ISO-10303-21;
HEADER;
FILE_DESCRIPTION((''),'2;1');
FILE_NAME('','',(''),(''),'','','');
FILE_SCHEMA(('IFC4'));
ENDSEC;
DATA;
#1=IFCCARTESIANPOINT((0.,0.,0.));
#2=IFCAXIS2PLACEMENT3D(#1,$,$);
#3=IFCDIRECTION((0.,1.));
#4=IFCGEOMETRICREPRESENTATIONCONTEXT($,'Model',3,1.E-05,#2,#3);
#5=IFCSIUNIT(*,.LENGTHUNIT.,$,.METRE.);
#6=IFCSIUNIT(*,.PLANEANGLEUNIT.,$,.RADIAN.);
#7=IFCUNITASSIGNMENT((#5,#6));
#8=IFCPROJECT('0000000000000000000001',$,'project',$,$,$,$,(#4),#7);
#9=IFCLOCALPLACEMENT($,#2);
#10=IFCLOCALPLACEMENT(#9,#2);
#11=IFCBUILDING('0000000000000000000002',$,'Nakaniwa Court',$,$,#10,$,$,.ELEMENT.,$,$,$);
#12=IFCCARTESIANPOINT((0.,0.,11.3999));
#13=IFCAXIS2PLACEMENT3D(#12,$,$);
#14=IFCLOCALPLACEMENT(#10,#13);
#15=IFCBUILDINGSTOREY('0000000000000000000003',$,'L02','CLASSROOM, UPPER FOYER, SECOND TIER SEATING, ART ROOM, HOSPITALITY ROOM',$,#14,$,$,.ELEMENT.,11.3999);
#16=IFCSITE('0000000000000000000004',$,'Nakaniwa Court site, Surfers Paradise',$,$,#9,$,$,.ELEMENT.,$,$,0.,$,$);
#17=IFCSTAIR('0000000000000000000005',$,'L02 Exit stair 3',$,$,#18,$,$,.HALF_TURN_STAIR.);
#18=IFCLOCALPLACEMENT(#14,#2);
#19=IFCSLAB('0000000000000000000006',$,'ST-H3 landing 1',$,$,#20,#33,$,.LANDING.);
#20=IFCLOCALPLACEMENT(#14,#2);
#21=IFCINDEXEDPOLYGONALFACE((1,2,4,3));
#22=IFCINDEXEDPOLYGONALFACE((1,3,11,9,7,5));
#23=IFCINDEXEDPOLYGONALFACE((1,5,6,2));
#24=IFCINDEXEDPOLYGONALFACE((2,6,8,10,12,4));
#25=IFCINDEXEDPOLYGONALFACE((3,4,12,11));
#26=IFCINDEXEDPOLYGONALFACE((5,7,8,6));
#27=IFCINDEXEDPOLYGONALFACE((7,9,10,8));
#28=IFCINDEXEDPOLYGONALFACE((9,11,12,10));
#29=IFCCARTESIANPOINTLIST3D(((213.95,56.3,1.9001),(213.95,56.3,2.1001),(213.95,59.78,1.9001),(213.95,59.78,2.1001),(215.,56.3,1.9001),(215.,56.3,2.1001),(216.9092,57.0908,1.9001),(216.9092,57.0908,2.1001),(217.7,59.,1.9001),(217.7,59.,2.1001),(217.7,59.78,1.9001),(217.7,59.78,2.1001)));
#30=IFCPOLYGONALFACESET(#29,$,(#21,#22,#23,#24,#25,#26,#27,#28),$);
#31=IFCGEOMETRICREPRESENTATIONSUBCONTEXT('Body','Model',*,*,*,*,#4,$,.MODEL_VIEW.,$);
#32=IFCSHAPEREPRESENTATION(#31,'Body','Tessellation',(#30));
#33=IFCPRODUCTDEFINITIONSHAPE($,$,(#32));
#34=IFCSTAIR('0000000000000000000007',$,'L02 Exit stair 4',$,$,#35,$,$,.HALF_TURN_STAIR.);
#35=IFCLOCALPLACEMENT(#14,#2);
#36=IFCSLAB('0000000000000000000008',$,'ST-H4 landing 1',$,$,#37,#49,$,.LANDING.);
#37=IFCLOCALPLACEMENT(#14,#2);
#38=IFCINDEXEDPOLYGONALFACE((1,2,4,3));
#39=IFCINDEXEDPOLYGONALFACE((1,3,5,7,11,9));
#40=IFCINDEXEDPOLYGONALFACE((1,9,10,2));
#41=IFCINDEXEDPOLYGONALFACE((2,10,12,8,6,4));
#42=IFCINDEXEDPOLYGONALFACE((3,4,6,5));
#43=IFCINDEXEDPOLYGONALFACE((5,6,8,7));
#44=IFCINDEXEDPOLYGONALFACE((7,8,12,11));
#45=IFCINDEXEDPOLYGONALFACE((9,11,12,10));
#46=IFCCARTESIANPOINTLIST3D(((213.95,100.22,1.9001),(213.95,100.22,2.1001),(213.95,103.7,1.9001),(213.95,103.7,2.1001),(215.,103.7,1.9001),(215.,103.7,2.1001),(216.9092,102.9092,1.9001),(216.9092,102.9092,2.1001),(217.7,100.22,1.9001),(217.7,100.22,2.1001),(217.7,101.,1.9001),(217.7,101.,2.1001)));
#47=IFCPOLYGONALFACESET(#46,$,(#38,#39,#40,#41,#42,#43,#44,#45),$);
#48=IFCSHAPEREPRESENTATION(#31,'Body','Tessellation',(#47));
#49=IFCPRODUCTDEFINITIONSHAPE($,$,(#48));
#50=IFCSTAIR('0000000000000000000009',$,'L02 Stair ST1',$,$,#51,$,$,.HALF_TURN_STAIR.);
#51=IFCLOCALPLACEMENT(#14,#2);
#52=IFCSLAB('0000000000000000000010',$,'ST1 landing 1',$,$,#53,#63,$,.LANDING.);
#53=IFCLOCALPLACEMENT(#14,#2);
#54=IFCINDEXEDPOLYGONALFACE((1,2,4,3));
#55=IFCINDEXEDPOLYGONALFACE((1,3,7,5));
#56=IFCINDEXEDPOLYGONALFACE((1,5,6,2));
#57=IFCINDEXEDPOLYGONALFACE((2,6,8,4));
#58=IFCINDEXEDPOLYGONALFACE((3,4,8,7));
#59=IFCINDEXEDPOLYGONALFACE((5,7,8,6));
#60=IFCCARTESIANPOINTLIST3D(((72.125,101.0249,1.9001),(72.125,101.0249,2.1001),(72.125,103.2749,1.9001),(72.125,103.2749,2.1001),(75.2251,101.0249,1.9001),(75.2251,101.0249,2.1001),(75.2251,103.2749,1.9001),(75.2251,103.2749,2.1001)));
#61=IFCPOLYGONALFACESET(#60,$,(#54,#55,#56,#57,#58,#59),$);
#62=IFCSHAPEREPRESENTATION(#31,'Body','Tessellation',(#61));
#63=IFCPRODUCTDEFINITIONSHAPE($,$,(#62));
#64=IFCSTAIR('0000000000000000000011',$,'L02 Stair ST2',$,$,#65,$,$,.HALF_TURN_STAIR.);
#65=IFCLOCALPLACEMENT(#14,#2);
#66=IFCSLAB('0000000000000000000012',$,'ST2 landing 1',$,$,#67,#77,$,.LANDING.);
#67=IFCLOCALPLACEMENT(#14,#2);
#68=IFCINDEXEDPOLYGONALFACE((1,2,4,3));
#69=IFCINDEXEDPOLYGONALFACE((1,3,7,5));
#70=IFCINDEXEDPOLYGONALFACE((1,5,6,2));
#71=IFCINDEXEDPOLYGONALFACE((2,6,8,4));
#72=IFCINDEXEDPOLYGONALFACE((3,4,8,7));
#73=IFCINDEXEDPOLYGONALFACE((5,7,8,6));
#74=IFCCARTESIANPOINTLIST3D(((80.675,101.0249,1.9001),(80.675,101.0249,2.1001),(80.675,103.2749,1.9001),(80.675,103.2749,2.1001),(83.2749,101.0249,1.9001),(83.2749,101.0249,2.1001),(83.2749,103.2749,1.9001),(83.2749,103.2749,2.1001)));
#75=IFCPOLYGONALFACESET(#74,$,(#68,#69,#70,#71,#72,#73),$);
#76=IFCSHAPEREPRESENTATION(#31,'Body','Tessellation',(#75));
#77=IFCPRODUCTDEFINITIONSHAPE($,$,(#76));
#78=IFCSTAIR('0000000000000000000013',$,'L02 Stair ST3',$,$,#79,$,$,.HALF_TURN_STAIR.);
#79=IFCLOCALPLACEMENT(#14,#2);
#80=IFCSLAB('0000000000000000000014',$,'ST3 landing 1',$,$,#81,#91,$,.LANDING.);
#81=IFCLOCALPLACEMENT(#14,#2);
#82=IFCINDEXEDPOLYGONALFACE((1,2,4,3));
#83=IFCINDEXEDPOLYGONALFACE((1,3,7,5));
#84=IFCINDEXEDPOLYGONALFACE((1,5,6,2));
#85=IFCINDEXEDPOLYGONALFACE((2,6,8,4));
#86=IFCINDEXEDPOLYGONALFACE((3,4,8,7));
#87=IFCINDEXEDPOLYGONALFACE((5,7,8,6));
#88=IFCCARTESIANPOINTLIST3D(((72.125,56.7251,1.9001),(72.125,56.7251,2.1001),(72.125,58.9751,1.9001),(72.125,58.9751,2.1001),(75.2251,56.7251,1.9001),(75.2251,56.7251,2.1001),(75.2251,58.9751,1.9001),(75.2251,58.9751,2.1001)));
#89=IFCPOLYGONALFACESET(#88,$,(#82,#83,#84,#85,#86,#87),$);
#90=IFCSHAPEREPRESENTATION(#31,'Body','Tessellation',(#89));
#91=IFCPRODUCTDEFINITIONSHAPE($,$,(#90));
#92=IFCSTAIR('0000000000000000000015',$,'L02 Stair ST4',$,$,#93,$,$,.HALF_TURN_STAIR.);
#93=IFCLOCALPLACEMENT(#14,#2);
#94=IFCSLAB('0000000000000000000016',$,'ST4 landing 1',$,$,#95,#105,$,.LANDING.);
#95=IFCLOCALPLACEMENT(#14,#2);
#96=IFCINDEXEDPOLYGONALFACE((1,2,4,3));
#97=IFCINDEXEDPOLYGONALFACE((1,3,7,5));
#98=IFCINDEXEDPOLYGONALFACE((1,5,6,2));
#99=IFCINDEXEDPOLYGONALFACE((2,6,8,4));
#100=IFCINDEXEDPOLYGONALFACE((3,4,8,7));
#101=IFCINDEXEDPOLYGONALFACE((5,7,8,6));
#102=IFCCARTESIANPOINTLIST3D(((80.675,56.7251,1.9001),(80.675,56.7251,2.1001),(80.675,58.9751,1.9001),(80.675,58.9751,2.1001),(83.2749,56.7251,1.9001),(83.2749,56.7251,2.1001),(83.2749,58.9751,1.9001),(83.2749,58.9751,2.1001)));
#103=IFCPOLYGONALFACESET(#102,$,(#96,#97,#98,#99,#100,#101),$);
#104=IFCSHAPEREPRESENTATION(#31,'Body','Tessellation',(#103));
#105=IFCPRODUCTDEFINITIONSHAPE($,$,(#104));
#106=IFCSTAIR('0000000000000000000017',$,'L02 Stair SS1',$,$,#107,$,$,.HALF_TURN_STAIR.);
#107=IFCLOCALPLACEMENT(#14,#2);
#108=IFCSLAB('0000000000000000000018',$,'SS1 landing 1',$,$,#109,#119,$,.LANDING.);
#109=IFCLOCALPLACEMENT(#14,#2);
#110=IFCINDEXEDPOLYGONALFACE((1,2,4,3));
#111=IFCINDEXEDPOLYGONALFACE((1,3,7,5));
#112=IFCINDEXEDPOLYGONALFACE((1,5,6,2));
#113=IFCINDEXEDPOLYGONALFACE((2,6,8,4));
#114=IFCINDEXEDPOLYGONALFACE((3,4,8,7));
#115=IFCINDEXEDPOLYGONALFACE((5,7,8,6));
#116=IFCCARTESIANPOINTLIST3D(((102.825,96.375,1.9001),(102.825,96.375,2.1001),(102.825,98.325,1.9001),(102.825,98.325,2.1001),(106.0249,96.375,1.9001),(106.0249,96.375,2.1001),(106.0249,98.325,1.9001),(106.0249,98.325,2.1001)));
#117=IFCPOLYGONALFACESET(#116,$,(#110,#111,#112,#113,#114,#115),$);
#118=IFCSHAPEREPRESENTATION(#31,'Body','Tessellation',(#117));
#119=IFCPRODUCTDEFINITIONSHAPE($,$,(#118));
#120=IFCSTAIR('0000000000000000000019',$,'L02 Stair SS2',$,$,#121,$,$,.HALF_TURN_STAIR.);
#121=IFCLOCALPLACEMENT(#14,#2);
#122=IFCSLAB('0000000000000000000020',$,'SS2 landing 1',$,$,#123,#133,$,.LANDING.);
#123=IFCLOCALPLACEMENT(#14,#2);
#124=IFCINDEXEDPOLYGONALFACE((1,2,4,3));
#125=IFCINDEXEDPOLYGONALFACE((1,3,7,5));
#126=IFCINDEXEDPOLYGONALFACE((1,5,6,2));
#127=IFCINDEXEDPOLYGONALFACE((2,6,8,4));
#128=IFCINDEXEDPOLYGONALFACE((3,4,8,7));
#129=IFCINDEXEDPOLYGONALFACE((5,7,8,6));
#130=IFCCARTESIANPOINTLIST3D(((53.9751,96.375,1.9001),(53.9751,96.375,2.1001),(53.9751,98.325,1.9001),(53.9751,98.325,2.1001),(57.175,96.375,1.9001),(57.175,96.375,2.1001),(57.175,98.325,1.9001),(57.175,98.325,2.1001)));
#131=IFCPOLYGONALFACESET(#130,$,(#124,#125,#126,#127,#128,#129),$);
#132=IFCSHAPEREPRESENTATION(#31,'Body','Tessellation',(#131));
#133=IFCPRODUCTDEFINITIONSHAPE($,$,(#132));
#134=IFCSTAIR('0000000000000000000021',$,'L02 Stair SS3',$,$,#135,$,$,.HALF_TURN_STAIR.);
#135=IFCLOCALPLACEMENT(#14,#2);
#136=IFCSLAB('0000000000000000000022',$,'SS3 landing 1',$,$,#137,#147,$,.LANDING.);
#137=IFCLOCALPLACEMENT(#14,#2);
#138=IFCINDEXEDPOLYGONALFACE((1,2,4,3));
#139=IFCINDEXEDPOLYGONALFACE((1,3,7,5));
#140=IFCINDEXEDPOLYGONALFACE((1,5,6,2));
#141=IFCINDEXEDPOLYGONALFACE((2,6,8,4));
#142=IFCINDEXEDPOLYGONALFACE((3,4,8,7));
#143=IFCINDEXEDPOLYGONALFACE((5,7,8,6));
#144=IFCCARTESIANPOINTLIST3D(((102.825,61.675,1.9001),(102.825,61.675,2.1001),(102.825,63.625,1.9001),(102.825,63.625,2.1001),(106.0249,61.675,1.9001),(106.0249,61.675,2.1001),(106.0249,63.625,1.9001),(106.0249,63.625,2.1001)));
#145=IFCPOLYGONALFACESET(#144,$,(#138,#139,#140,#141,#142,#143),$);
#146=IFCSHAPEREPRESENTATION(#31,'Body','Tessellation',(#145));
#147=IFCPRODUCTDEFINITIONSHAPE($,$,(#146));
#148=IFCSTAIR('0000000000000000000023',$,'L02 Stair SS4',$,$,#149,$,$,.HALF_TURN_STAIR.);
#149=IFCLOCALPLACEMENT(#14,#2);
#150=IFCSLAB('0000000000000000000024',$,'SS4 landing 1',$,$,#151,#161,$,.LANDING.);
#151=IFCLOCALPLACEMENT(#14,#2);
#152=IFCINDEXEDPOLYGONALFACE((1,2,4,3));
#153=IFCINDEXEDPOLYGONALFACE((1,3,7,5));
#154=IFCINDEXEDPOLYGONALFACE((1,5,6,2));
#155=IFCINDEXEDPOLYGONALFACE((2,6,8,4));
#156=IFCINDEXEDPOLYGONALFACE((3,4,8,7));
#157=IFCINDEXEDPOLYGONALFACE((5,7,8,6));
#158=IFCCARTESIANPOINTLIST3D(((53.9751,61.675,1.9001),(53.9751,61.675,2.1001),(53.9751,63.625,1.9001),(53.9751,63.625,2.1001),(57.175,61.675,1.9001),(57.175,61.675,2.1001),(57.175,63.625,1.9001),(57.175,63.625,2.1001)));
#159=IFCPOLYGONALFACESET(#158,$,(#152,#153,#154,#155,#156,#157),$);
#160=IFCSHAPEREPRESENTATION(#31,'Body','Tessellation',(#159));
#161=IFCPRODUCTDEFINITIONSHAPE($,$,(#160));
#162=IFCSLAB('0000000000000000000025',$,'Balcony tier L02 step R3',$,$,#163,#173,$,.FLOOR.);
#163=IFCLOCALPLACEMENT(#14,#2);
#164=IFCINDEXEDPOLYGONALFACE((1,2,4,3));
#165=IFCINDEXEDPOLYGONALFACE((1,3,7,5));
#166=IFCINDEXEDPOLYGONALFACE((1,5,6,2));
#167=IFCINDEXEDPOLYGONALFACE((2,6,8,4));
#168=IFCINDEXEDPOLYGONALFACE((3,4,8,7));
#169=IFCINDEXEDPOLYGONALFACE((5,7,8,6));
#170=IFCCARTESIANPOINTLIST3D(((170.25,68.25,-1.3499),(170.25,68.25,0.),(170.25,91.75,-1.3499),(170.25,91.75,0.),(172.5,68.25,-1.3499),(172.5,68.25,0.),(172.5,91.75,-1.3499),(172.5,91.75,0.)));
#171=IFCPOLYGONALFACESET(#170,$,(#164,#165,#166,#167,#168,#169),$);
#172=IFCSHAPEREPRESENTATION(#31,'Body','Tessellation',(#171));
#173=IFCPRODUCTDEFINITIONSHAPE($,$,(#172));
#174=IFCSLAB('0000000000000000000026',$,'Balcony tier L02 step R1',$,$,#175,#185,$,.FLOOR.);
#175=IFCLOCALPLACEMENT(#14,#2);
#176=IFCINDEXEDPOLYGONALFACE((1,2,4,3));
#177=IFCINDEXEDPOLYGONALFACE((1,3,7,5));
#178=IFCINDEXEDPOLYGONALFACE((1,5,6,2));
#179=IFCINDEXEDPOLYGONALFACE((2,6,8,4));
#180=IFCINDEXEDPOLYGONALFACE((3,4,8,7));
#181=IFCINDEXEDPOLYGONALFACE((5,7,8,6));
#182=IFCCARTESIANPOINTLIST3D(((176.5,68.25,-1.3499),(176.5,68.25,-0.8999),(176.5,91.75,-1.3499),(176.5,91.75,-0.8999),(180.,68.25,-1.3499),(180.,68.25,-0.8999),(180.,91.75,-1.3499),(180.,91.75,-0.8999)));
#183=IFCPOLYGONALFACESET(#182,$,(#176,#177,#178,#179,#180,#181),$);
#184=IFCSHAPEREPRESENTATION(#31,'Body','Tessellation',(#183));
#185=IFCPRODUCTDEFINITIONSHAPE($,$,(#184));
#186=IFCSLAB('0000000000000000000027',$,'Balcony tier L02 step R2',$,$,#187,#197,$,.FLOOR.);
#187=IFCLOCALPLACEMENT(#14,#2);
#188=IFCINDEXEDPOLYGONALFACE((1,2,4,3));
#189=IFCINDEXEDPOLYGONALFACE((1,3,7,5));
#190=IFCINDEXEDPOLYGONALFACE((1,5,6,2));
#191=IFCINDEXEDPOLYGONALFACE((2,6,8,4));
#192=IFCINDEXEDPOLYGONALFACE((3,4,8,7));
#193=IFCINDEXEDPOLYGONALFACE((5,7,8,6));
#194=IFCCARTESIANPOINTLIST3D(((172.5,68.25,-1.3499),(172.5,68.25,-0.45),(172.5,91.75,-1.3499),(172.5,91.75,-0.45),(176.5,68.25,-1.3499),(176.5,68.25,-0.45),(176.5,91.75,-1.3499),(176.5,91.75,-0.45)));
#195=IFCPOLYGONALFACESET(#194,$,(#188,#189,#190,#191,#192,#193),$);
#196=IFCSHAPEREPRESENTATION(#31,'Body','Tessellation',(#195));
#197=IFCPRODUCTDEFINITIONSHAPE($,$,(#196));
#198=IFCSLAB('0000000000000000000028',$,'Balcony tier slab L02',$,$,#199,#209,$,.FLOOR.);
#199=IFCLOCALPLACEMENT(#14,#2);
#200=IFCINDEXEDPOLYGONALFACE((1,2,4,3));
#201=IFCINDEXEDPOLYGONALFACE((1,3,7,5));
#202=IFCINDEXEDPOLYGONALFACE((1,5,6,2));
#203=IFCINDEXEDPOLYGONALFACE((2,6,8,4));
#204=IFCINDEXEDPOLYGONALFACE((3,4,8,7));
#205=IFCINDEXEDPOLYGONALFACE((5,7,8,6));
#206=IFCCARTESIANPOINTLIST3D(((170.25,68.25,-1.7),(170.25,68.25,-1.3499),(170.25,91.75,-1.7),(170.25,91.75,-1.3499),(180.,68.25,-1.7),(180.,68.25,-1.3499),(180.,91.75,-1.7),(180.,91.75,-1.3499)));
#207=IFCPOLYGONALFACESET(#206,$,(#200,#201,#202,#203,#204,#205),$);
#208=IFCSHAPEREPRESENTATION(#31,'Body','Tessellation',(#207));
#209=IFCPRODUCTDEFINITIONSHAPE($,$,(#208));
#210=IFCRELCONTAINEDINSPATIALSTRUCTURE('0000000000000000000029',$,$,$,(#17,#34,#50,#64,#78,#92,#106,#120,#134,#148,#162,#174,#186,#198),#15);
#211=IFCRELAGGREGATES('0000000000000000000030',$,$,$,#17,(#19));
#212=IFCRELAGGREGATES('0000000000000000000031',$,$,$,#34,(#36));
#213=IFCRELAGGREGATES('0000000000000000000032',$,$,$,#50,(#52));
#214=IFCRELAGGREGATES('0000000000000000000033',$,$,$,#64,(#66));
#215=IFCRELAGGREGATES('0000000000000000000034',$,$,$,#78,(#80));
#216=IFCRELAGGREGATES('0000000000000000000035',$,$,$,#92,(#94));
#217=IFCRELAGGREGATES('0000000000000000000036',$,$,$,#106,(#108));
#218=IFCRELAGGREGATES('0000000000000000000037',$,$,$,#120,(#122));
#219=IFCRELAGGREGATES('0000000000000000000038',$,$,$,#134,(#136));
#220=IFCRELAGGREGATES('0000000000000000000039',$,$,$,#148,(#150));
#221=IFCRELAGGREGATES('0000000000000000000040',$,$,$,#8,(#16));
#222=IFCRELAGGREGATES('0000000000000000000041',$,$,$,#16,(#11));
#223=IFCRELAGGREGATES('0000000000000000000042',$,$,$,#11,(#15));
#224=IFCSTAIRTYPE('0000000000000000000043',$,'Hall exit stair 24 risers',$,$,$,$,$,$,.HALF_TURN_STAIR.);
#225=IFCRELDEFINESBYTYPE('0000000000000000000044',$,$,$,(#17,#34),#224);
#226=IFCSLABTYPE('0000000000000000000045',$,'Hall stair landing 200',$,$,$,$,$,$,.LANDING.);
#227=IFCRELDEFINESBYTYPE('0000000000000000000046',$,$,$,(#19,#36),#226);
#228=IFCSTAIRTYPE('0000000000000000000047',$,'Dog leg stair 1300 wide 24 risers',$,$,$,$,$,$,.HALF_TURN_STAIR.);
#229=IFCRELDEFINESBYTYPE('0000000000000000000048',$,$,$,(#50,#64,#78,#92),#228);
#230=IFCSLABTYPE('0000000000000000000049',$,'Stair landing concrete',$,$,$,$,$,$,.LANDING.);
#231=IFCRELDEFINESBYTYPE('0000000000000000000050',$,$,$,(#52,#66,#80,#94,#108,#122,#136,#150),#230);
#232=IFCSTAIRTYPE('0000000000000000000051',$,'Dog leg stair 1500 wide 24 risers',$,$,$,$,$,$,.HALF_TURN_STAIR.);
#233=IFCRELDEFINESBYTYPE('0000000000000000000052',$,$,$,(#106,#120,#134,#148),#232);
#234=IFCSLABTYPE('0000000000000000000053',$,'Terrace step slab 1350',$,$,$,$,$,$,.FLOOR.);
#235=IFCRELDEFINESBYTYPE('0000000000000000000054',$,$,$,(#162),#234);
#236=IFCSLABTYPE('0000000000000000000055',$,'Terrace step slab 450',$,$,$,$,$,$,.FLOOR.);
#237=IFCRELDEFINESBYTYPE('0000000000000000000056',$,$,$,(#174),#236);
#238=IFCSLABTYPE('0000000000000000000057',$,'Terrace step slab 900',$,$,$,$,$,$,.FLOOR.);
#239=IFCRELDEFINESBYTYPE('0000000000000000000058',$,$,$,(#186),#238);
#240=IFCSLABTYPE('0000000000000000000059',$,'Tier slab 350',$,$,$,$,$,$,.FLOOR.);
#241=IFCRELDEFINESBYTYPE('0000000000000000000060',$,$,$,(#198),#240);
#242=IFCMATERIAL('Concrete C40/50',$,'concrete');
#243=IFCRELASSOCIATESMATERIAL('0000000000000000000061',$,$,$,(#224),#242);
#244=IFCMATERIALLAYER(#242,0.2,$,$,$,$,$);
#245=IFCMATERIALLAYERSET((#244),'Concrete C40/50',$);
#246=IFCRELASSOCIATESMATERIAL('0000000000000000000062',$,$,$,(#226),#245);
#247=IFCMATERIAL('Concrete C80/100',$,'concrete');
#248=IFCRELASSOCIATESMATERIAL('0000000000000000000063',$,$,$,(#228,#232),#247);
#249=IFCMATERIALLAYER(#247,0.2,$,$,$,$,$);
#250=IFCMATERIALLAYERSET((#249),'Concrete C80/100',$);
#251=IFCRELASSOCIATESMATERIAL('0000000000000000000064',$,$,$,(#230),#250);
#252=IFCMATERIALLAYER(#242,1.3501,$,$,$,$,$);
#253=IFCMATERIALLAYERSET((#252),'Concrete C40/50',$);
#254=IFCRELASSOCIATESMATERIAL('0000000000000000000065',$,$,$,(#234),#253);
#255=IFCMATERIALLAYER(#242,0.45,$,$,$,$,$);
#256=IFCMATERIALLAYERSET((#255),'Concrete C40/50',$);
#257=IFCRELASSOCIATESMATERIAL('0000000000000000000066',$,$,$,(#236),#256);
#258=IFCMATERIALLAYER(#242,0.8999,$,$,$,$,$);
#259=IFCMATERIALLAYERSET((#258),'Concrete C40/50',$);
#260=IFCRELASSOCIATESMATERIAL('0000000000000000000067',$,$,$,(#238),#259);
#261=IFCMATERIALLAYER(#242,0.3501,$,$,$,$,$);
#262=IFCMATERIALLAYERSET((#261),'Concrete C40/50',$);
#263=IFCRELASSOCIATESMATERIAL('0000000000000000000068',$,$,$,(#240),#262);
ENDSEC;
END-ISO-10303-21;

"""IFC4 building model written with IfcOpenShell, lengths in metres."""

from ifc_helpers import new_model, si_unit, direction, frame, origin, place, context, subcontext, project, spatial, polyline, outline, extrude, material, layer, layer_set, type_object, element, aggregate, save


model = new_model("IFC4")

# Units and contexts
model_context = context("Model", 3, precision=1e-05, world=origin(), true_north=direction((0.0, 1.0)))
body_context = subcontext(model_context, "Body", "Model", "MODEL_VIEW")
ifc_project = project(units=[si_unit("LENGTHUNIT", "METRE"), si_unit("PLANEANGLEUNIT", "RADIAN")], contexts=[model_context])

# Site, building, storey
site_placement = place(None, origin())
site = spatial("IfcSite", under=ifc_project, at=site_placement, Name="Nakaniwa Court site, Surfers Paradise", CompositionType="ELEMENT", RefElevation=0.0)
building_placement = place(site_placement, origin())
building = spatial("IfcBuilding", under=site, at=building_placement, Name="Nakaniwa Court", CompositionType="ELEMENT")
storey_placement = place(building_placement, frame((0.0, 0.0, 11.3999)))
storey = spatial("IfcBuildingStorey", under=building, at=storey_placement, Name="L02", Description="CLASSROOM, UPPER FOYER, SECOND TIER SEATING, ART ROOM, HOSPITALITY ROOM", CompositionType="ELEMENT", Elevation=11.3999)

# Shared definitions
ifc_material_1 = material(Name="Concrete C40/50", Category="concrete")

# Stairs, slabs
stair_type_1 = type_object("IfcStairType", Name="Hall exit stair 24 risers", PredefinedType="HALF_TURN_STAIR", material=ifc_material_1)
ifc_layer_1 = layer(ifc_material_1, 0.2)
ifc_layer_set_1 = layer_set([ifc_layer_1], Name="Concrete C40/50")
slab_type_1 = type_object("IfcSlabType", Name="Hall stair landing 200", PredefinedType="LANDING", material=ifc_layer_set_1)
stair_1_placement = place(storey_placement, origin())
stair_1 = element("IfcStair", 1, at=stair_1_placement, inside=storey, type_object=stair_type_1, Name="L02 Exit stair 3", PredefinedType="HALF_TURN_STAIR")
slab_1_placement = place(storey_placement, frame((0.0, 0.0, 1.9001)))
slab_1 = element("IfcSlab", 2, at=slab_1_placement, type_object=slab_type_1, Name="ST-H3 landing 1", PredefinedType="LANDING", context=body_context, shape_type="SweptSolid", body=[
    extrude(outline(polyline([(213.95, 56.3), (215.0, 56.3), (216.9092, 57.0908), (217.7, 59.0), (217.7, 59.78), (213.95, 59.78), (213.95, 56.3)])), origin(), (0.0, 0.0, 1.0), 0.2),
])
aggregate(stair_1, [slab_1])
stair_2_placement = place(storey_placement, origin())
stair_2 = element("IfcStair", 3, at=stair_2_placement, inside=storey, type_object=stair_type_1, Name="L02 Exit stair 4", PredefinedType="HALF_TURN_STAIR")
slab_2_placement = place(storey_placement, frame((0.0, 0.0, 1.9001)))
slab_2 = element("IfcSlab", 4, at=slab_2_placement, type_object=slab_type_1, Name="ST-H4 landing 1", PredefinedType="LANDING", context=body_context, shape_type="SweptSolid", body=[
    extrude(outline(polyline([(217.7, 101.0), (216.9092, 102.9092), (215.0, 103.7), (213.95, 103.7), (213.95, 100.22), (217.7, 100.22), (217.7, 101.0)])), origin(), (0.0, 0.0, 1.0), 0.2),
])
aggregate(stair_2, [slab_2])
ifc_material_2 = material(Name="Concrete C80/100", Category="concrete")
stair_type_2 = type_object("IfcStairType", Name="Dog leg stair 1300 wide 24 risers", PredefinedType="HALF_TURN_STAIR", material=ifc_material_2)
stair_3_placement = place(storey_placement, origin())
stair_3 = element("IfcStair", 5, at=stair_3_placement, inside=storey, type_object=stair_type_2, Name="L02 Stair ST1", PredefinedType="HALF_TURN_STAIR")
ifc_layer_2 = layer(ifc_material_2, 0.2)
ifc_layer_set_2 = layer_set([ifc_layer_2], Name="Concrete C80/100")
slab_type_2 = type_object("IfcSlabType", Name="Stair landing concrete", PredefinedType="LANDING", material=ifc_layer_set_2)
slab_3_placement = place(storey_placement, frame((0.0, 0.0, 1.9001)))
slab_3 = element("IfcSlab", 6, at=slab_3_placement, type_object=slab_type_2, Name="ST1 landing 1", PredefinedType="LANDING", context=body_context, shape_type="SweptSolid", body=[
    extrude(outline(polyline([(75.2251, 101.0249), (75.2251, 103.2749), (72.125, 103.2749), (72.125, 101.0249), (75.2251, 101.0249)])), origin(), (0.0, 0.0, 1.0), 0.2),
])
aggregate(stair_3, [slab_3])
stair_4_placement = place(storey_placement, origin())
stair_4 = element("IfcStair", 7, at=stair_4_placement, inside=storey, type_object=stair_type_2, Name="L02 Stair ST2", PredefinedType="HALF_TURN_STAIR")
slab_4_placement = place(storey_placement, frame((0.0, 0.0, 1.9001)))
slab_4 = element("IfcSlab", 8, at=slab_4_placement, type_object=slab_type_2, Name="ST2 landing 1", PredefinedType="LANDING", context=body_context, shape_type="SweptSolid", body=[
    extrude(outline(polyline([(83.2749, 101.0249), (83.2749, 103.2749), (80.675, 103.2749), (80.675, 101.0249), (83.2749, 101.0249)])), origin(), (0.0, 0.0, 1.0), 0.2),
])
aggregate(stair_4, [slab_4])
stair_5_placement = place(storey_placement, origin())
stair_5 = element("IfcStair", 9, at=stair_5_placement, inside=storey, type_object=stair_type_2, Name="L02 Stair ST3", PredefinedType="HALF_TURN_STAIR")
slab_5_placement = place(storey_placement, frame((0.0, 0.0, 1.9001)))
slab_5 = element("IfcSlab", 10, at=slab_5_placement, type_object=slab_type_2, Name="ST3 landing 1", PredefinedType="LANDING", context=body_context, shape_type="SweptSolid", body=[
    extrude(outline(polyline([(75.2251, 56.7251), (75.2251, 58.9751), (72.125, 58.9751), (72.125, 56.7251), (75.2251, 56.7251)])), origin(), (0.0, 0.0, 1.0), 0.2),
])
aggregate(stair_5, [slab_5])
stair_6_placement = place(storey_placement, origin())
stair_6 = element("IfcStair", 11, at=stair_6_placement, inside=storey, type_object=stair_type_2, Name="L02 Stair ST4", PredefinedType="HALF_TURN_STAIR")
slab_6_placement = place(storey_placement, frame((0.0, 0.0, 1.9001)))
slab_6 = element("IfcSlab", 12, at=slab_6_placement, type_object=slab_type_2, Name="ST4 landing 1", PredefinedType="LANDING", context=body_context, shape_type="SweptSolid", body=[
    extrude(outline(polyline([(83.2749, 56.7251), (83.2749, 58.9751), (80.675, 58.9751), (80.675, 56.7251), (83.2749, 56.7251)])), origin(), (0.0, 0.0, 1.0), 0.2),
])
aggregate(stair_6, [slab_6])
stair_type_3 = type_object("IfcStairType", Name="Dog leg stair 1500 wide 24 risers", PredefinedType="HALF_TURN_STAIR", material=ifc_material_2)
stair_7_placement = place(storey_placement, origin())
stair_7 = element("IfcStair", 13, at=stair_7_placement, inside=storey, type_object=stair_type_3, Name="L02 Stair SS1", PredefinedType="HALF_TURN_STAIR")
slab_7_placement = place(storey_placement, frame((0.0, 0.0, 1.9001)))
slab_7 = element("IfcSlab", 14, at=slab_7_placement, type_object=slab_type_2, Name="SS1 landing 1", PredefinedType="LANDING", context=body_context, shape_type="SweptSolid", body=[
    extrude(outline(polyline([(106.0249, 96.375), (106.0249, 98.325), (102.825, 98.325), (102.825, 96.375), (106.0249, 96.375)])), origin(), (0.0, 0.0, 1.0), 0.2),
])
aggregate(stair_7, [slab_7])
stair_8_placement = place(storey_placement, origin())
stair_8 = element("IfcStair", 15, at=stair_8_placement, inside=storey, type_object=stair_type_3, Name="L02 Stair SS2", PredefinedType="HALF_TURN_STAIR")
slab_8_placement = place(storey_placement, frame((0.0, 0.0, 1.9001)))
slab_8 = element("IfcSlab", 16, at=slab_8_placement, type_object=slab_type_2, Name="SS2 landing 1", PredefinedType="LANDING", context=body_context, shape_type="SweptSolid", body=[
    extrude(outline(polyline([(57.175, 96.375), (57.175, 98.325), (53.9751, 98.325), (53.9751, 96.375), (57.175, 96.375)])), origin(), (0.0, 0.0, 1.0), 0.2),
])
aggregate(stair_8, [slab_8])
stair_9_placement = place(storey_placement, origin())
stair_9 = element("IfcStair", 17, at=stair_9_placement, inside=storey, type_object=stair_type_3, Name="L02 Stair SS3", PredefinedType="HALF_TURN_STAIR")
slab_9_placement = place(storey_placement, frame((0.0, 0.0, 1.9001)))
slab_9 = element("IfcSlab", 18, at=slab_9_placement, type_object=slab_type_2, Name="SS3 landing 1", PredefinedType="LANDING", context=body_context, shape_type="SweptSolid", body=[
    extrude(outline(polyline([(106.0249, 61.675), (106.0249, 63.625), (102.825, 63.625), (102.825, 61.675), (106.0249, 61.675)])), origin(), (0.0, 0.0, 1.0), 0.2),
])
aggregate(stair_9, [slab_9])
stair_10_placement = place(storey_placement, origin())
stair_10 = element("IfcStair", 19, at=stair_10_placement, inside=storey, type_object=stair_type_3, Name="L02 Stair SS4", PredefinedType="HALF_TURN_STAIR")
slab_10_placement = place(storey_placement, frame((0.0, 0.0, 1.9001)))
slab_10 = element("IfcSlab", 20, at=slab_10_placement, type_object=slab_type_2, Name="SS4 landing 1", PredefinedType="LANDING", context=body_context, shape_type="SweptSolid", body=[
    extrude(outline(polyline([(57.175, 61.675), (57.175, 63.625), (53.9751, 63.625), (53.9751, 61.675), (57.175, 61.675)])), origin(), (0.0, 0.0, 1.0), 0.2),
])
aggregate(stair_10, [slab_10])

# Slabs
ifc_layer_3 = layer(ifc_material_1, 1.3501)
ifc_layer_set_3 = layer_set([ifc_layer_3], Name="Concrete C40/50")
slab_type_3 = type_object("IfcSlabType", Name="Terrace step slab 1350", PredefinedType="FLOOR", material=ifc_layer_set_3)
slab_11_placement = place(storey_placement, frame((0.0, 0.0, -1.3499)))
element("IfcSlab", 21, at=slab_11_placement, inside=storey, type_object=slab_type_3, Name="Balcony tier L02 step R3", PredefinedType="FLOOR", context=body_context, shape_type="SweptSolid", body=[
    extrude(outline(polyline([(172.5, 68.25), (172.5, 91.75), (170.25, 91.75), (170.25, 68.25), (172.5, 68.25)])), origin(), (0.0, 0.0, 1.0), 1.3499),
])
ifc_layer_4 = layer(ifc_material_1, 0.45)
ifc_layer_set_4 = layer_set([ifc_layer_4], Name="Concrete C40/50")
slab_type_4 = type_object("IfcSlabType", Name="Terrace step slab 450", PredefinedType="FLOOR", material=ifc_layer_set_4)
slab_12_placement = place(storey_placement, frame((0.0, 0.0, -1.3499)))
element("IfcSlab", 22, at=slab_12_placement, inside=storey, type_object=slab_type_4, Name="Balcony tier L02 step R1", PredefinedType="FLOOR", context=body_context, shape_type="SweptSolid", body=[
    extrude(outline(polyline([(180.0, 68.25), (180.0, 91.75), (176.5, 91.75), (176.5, 68.25), (180.0, 68.25)])), origin(), (0.0, 0.0, 1.0), 0.45),
])
ifc_layer_5 = layer(ifc_material_1, 0.8999)
ifc_layer_set_5 = layer_set([ifc_layer_5], Name="Concrete C40/50")
slab_type_5 = type_object("IfcSlabType", Name="Terrace step slab 900", PredefinedType="FLOOR", material=ifc_layer_set_5)
slab_13_placement = place(storey_placement, frame((0.0, 0.0, -1.3499)))
element("IfcSlab", 23, at=slab_13_placement, inside=storey, type_object=slab_type_5, Name="Balcony tier L02 step R2", PredefinedType="FLOOR", context=body_context, shape_type="SweptSolid", body=[
    extrude(outline(polyline([(176.5, 68.25), (176.5, 91.75), (172.5, 91.75), (172.5, 68.25), (176.5, 68.25)])), origin(), (0.0, 0.0, 1.0), 0.8999),
])
ifc_layer_6 = layer(ifc_material_1, 0.3501)
ifc_layer_set_6 = layer_set([ifc_layer_6], Name="Concrete C40/50")
slab_type_6 = type_object("IfcSlabType", Name="Tier slab 350", PredefinedType="FLOOR", material=ifc_layer_set_6)
slab_14_placement = place(storey_placement, frame((0.0, 0.0, -1.7)))
element("IfcSlab", 24, at=slab_14_placement, inside=storey, type_object=slab_type_6, Name="Balcony tier slab L02", PredefinedType="FLOOR", context=body_context, shape_type="SweptSolid", body=[
    extrude(outline(polyline([(180.0, 68.25), (180.0, 91.75), (170.25, 91.75), (170.25, 68.25), (180.0, 68.25)])), origin(), (0.0, 0.0, 1.0), 0.3501),
])

save(model, "model.ifc")
